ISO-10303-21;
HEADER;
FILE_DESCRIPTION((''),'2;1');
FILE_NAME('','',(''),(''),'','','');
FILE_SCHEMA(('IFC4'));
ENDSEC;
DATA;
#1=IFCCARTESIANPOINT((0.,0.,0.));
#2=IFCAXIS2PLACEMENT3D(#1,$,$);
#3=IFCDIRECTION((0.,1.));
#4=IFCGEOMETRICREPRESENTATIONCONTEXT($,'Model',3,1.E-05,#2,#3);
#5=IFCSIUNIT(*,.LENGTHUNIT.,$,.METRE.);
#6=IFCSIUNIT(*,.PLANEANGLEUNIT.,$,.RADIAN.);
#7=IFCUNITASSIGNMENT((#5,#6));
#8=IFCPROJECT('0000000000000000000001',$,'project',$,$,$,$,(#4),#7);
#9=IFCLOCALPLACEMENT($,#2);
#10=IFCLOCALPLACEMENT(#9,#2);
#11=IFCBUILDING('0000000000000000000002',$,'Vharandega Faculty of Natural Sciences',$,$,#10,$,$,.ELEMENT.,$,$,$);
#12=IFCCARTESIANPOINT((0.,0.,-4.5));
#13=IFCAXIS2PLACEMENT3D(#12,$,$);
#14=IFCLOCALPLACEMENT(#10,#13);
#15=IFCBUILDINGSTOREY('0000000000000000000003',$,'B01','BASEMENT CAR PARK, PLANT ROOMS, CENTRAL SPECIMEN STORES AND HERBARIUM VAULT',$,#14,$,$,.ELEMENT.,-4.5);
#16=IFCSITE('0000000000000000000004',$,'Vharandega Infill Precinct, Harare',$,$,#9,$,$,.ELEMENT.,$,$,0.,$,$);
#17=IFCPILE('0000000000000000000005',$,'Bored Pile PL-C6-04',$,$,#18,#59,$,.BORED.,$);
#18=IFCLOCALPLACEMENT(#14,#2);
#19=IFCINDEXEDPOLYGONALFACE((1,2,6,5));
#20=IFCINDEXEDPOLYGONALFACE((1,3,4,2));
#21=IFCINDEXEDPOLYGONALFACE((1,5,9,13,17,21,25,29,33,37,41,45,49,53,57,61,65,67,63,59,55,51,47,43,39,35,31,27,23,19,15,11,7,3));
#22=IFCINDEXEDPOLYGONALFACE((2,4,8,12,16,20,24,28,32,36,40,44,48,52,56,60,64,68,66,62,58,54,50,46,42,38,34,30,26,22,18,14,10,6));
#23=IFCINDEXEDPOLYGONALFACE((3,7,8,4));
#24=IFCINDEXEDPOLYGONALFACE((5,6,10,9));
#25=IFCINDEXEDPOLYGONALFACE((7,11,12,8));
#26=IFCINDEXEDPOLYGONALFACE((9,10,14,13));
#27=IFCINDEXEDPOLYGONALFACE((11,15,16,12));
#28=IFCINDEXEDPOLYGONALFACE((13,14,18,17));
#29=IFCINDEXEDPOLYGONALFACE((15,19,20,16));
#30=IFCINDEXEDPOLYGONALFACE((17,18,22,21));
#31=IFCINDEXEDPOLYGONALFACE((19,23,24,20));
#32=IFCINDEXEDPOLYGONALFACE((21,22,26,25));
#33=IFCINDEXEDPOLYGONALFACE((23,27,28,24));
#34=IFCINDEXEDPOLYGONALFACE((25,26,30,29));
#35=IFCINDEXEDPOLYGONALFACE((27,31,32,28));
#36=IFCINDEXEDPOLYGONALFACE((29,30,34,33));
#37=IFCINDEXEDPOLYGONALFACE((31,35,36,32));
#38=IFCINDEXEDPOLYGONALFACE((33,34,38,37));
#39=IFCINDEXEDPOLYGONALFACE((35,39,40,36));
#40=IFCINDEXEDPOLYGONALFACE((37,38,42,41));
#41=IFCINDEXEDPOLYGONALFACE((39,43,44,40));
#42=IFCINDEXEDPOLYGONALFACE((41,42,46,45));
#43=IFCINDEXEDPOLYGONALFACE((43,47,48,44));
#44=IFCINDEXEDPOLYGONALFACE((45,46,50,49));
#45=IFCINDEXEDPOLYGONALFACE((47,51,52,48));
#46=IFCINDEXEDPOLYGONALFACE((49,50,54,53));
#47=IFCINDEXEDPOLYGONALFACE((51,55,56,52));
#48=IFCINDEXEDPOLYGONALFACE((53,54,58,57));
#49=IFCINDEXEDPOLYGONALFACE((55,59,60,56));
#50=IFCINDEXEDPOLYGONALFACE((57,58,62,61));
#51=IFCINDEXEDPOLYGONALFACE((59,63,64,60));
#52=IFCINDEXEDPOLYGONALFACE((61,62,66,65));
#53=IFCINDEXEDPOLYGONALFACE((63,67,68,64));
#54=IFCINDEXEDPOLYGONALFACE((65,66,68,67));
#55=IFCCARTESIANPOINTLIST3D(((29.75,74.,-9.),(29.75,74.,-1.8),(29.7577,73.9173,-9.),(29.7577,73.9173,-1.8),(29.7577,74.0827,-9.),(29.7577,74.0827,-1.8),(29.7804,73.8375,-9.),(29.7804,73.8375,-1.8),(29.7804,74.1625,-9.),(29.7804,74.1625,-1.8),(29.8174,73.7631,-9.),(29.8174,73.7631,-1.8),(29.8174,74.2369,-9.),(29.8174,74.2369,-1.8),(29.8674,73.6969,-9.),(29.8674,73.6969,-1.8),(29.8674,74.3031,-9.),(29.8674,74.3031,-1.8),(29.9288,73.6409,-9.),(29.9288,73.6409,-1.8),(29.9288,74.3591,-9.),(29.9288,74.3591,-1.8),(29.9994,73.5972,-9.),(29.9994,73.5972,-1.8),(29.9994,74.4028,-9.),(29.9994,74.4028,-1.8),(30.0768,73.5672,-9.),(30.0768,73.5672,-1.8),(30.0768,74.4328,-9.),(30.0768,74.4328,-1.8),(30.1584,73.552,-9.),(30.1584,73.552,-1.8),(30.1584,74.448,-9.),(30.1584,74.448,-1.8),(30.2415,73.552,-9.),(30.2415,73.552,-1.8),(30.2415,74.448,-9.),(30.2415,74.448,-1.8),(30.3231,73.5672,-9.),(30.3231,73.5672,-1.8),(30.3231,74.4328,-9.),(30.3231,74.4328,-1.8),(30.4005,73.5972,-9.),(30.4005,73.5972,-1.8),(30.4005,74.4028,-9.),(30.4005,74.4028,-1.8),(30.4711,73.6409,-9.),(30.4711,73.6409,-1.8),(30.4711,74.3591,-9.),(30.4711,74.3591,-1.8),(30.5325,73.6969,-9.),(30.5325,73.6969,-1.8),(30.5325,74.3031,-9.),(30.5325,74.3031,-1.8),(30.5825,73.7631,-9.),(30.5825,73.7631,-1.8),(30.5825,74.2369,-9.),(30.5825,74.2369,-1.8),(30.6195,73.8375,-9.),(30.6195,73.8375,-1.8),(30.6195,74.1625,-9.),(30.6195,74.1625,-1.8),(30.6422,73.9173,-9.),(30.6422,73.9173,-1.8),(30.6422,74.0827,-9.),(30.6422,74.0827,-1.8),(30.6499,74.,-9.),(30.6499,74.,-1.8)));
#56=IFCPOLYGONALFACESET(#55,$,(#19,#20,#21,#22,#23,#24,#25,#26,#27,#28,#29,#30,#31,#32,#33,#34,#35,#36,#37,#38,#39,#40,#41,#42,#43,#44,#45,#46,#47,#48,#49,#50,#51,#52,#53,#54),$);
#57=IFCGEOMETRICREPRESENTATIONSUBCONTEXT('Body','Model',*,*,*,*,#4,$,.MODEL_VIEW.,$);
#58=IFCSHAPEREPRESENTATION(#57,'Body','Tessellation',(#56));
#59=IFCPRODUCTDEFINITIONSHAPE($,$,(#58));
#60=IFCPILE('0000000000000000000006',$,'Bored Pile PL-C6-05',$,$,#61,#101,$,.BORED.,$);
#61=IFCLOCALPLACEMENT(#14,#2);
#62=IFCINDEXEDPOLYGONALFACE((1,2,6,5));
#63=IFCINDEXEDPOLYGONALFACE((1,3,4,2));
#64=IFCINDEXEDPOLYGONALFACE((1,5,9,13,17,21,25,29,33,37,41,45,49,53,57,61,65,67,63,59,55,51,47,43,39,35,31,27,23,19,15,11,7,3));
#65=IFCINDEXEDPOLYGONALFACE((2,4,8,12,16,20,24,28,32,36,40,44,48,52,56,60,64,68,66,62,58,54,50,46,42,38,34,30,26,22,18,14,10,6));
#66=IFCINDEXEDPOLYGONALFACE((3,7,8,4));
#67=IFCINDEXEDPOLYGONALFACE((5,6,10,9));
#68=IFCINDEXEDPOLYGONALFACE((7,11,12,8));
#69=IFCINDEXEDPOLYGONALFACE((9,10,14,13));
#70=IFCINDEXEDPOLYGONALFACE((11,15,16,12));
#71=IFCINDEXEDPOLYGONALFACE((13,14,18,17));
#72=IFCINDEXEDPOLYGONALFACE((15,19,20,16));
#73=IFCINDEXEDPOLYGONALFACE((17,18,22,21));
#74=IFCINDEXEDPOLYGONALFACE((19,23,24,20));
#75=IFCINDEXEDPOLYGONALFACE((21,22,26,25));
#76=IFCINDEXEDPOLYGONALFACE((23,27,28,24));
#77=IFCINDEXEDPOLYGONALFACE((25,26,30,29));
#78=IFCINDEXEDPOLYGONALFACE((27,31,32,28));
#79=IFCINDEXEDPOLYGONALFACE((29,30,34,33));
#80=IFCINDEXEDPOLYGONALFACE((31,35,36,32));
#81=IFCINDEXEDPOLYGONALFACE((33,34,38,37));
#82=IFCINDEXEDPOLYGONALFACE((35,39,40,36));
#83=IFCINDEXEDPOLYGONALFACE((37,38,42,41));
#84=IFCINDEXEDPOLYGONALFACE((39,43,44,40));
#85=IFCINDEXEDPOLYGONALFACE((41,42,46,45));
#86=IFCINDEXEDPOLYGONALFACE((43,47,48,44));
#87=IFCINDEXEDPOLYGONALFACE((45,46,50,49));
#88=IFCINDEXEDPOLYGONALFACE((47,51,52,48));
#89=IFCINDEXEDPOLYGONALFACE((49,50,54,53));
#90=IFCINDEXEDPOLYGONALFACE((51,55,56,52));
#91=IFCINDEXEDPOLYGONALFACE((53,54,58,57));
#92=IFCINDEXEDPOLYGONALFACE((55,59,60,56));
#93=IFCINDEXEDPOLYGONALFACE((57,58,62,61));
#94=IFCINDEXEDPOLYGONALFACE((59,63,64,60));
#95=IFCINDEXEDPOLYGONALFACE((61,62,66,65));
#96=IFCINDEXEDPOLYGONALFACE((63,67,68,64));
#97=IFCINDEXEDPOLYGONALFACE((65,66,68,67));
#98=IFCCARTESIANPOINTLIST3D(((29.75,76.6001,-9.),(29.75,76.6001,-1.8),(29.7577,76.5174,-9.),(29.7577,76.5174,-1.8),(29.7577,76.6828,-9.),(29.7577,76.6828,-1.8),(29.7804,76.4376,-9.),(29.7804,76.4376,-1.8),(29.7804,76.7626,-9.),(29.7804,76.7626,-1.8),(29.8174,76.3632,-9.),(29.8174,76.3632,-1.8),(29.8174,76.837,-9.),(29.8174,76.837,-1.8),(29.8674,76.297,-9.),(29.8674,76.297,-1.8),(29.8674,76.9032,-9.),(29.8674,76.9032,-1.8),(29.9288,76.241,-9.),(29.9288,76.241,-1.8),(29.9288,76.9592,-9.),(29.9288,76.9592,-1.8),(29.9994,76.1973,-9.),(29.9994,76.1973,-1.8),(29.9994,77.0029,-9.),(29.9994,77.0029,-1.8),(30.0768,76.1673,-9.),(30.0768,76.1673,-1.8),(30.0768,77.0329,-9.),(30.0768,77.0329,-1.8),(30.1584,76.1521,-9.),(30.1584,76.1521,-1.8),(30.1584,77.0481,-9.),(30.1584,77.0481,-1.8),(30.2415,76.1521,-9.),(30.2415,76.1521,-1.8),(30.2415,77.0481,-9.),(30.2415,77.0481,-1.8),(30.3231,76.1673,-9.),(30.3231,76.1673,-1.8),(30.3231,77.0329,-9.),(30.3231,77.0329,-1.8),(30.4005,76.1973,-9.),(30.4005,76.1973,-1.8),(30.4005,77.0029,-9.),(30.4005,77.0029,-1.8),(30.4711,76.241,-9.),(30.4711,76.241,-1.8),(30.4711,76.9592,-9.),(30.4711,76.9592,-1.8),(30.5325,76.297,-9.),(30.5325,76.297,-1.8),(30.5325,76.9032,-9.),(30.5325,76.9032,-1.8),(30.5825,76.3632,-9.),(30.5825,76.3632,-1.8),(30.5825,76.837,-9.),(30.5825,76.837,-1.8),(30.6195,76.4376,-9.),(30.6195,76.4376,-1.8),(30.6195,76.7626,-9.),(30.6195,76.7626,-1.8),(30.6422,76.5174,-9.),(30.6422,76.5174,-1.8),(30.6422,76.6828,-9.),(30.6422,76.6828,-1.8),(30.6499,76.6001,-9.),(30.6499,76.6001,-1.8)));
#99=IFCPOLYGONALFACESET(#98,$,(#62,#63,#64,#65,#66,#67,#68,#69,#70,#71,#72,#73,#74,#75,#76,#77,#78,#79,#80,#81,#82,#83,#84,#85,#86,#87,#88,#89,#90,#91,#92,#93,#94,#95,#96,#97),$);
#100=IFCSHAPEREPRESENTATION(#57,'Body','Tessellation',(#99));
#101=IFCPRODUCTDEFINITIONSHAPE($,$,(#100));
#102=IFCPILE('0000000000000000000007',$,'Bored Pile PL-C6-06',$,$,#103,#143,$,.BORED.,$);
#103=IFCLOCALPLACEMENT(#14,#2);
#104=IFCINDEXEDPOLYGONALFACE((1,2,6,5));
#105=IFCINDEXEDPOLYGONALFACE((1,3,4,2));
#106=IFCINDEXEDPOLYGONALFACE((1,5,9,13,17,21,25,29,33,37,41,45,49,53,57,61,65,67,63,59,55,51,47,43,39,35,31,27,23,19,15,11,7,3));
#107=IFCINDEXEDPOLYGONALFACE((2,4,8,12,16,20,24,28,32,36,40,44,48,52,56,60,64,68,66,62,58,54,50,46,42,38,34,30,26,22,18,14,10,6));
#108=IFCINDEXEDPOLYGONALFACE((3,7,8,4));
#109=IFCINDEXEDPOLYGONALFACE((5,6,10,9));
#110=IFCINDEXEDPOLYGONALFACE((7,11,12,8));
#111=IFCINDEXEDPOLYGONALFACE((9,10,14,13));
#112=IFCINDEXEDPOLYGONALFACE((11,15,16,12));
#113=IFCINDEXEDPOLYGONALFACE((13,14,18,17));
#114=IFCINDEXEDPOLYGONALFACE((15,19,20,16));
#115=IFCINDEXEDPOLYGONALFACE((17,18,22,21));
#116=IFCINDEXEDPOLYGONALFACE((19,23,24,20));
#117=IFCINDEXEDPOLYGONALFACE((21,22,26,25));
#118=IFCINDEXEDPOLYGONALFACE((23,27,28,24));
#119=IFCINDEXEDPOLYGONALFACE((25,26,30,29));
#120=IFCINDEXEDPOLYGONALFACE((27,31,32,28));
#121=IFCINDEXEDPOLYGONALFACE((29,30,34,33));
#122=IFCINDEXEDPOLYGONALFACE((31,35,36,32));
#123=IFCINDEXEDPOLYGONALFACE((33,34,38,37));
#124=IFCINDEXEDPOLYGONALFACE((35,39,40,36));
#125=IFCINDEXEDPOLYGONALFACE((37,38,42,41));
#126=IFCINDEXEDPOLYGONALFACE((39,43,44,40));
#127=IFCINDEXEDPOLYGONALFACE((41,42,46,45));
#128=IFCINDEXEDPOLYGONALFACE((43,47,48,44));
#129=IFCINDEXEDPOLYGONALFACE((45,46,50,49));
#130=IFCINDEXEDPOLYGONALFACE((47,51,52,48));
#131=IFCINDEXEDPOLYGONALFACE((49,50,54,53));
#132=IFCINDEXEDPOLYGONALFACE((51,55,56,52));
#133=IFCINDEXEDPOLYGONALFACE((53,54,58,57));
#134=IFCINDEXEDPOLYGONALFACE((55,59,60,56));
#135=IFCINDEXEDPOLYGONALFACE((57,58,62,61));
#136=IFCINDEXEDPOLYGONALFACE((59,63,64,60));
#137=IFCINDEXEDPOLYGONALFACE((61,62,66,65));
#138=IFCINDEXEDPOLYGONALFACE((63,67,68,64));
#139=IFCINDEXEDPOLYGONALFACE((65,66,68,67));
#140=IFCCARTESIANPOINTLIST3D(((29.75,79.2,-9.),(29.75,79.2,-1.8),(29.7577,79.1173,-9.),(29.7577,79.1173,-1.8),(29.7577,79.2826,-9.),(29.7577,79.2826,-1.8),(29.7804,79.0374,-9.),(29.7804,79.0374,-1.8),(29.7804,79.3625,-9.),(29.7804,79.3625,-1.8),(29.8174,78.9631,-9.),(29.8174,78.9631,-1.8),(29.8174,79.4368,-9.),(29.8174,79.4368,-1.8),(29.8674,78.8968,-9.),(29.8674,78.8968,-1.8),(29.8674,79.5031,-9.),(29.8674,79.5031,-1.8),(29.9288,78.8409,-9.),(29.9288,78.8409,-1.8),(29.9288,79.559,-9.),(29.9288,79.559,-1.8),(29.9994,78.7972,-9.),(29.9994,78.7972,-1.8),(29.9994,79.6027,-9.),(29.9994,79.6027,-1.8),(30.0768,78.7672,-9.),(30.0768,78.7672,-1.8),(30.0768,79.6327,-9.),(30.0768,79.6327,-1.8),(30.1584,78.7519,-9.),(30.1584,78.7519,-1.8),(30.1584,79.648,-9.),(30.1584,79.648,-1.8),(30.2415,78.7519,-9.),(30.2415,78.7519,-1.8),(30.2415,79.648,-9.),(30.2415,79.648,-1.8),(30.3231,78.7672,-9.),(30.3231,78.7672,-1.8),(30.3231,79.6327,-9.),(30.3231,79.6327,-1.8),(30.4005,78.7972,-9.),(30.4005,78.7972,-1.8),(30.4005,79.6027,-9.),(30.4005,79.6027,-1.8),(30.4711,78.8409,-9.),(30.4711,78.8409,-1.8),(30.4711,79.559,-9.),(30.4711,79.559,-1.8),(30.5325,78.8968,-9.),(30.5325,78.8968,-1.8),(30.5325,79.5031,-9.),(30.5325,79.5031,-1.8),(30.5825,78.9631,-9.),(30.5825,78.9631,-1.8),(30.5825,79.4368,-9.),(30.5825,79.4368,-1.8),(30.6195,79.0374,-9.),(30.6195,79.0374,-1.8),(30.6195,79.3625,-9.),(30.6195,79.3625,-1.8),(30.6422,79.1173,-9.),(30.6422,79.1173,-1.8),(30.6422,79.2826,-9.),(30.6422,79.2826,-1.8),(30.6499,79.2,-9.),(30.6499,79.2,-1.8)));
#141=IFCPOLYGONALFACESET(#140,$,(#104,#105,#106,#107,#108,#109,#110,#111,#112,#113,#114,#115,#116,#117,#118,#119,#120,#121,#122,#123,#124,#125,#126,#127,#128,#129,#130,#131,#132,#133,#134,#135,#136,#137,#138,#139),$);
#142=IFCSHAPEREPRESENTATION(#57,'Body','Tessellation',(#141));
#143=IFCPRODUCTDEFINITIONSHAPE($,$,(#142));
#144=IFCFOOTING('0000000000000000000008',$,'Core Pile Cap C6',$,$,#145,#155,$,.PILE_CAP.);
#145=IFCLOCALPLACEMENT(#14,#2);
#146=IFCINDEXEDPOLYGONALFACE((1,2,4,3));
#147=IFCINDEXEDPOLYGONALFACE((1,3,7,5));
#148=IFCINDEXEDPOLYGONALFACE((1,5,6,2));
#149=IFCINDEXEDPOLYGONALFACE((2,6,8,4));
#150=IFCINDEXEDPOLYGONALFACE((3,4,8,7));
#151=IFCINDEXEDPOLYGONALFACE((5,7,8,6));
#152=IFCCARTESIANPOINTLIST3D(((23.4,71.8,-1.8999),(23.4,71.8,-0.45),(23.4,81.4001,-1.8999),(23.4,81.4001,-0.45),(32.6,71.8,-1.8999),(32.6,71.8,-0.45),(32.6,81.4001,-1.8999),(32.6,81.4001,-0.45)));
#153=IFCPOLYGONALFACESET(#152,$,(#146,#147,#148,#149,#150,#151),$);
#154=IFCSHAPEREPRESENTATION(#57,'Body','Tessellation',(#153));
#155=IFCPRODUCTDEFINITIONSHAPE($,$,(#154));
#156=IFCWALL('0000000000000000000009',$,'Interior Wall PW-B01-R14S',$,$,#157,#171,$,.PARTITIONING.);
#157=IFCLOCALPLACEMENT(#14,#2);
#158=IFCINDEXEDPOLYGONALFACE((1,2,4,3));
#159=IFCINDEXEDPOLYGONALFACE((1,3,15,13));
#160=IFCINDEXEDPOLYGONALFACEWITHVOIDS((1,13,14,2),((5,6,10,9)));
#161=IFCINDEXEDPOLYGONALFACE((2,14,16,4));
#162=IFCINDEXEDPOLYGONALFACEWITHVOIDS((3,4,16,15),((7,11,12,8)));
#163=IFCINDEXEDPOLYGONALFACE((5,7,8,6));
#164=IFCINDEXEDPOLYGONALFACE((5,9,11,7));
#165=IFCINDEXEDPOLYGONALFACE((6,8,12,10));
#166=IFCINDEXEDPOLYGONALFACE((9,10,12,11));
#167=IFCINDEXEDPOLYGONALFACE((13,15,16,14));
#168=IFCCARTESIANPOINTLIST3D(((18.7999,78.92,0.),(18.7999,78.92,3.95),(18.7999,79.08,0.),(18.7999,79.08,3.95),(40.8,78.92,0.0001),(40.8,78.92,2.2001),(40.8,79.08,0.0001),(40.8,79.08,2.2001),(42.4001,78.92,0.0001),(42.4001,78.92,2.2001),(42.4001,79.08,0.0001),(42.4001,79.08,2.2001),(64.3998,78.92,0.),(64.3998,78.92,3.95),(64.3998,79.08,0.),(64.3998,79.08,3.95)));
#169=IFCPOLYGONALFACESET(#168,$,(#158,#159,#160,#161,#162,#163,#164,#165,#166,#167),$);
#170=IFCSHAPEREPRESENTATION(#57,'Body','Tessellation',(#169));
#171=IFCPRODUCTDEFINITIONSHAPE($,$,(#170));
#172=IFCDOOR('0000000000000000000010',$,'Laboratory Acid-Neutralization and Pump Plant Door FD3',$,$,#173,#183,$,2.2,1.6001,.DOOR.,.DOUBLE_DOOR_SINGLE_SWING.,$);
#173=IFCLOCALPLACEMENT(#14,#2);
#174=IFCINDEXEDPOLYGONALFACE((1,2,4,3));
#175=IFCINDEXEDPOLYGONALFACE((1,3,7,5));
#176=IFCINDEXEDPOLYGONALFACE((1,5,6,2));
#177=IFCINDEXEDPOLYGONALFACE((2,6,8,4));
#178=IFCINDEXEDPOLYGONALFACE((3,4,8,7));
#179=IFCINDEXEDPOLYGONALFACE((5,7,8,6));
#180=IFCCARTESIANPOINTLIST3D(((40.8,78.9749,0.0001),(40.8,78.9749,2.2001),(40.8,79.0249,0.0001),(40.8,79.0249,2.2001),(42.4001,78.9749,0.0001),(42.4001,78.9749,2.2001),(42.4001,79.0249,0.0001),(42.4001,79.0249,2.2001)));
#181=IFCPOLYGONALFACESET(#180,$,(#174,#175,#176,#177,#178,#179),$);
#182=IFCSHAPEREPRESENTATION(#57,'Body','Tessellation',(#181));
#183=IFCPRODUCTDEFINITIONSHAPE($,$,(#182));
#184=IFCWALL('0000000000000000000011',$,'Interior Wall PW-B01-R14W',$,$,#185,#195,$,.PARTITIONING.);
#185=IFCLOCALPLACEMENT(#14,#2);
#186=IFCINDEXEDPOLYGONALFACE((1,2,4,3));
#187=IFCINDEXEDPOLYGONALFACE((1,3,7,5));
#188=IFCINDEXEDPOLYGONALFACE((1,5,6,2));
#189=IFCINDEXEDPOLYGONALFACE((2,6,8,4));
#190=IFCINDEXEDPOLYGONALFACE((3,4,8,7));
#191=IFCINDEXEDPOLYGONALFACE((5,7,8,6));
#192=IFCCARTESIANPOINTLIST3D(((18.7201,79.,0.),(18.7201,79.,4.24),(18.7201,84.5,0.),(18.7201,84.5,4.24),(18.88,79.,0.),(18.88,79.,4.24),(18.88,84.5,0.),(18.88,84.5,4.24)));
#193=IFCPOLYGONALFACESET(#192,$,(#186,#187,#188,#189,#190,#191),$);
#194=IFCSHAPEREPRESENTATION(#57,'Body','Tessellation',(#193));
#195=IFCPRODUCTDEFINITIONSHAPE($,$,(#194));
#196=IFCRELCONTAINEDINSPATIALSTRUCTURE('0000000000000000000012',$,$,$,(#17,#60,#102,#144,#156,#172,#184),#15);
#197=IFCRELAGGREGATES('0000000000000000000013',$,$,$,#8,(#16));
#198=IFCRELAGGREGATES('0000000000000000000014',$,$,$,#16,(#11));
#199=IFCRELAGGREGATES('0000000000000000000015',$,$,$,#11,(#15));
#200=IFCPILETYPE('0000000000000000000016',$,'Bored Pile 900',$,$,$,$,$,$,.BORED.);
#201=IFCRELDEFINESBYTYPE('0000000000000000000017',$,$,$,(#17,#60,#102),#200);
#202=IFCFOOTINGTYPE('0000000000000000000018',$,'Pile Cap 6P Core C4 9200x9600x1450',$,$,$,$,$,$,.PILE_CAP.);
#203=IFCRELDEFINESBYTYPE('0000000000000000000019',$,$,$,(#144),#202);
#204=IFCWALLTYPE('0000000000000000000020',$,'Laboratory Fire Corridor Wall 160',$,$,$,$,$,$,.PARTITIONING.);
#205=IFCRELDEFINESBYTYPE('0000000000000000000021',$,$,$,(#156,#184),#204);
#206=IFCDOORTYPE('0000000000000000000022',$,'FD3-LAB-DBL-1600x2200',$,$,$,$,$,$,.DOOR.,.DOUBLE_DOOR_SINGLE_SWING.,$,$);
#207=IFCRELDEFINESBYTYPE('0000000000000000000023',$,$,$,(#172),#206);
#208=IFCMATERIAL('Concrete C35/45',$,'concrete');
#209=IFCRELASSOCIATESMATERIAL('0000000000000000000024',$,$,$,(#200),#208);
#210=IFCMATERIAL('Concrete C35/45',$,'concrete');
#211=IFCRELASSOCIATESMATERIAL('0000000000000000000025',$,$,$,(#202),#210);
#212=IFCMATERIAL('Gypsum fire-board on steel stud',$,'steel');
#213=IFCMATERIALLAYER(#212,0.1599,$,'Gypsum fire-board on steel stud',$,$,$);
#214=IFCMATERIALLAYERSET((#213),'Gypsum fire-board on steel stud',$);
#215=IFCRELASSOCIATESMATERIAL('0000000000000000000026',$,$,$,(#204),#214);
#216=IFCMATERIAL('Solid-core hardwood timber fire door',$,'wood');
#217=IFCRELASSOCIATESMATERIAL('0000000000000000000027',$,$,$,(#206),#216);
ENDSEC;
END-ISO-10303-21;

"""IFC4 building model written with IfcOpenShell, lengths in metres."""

from ifc_helpers import new_model, si_unit, direction, frame, frame_2d, origin, origin_2d, place, context, subcontext, project, spatial, rectangle, circle, extrude, material, layer, layer_set, material_profile, profile_set, type_object, element, fill, save


model = new_model("IFC4")

# Units and contexts
model_context = context("Model", 3, precision=1e-05, world=origin(), true_north=direction((0.0, 1.0)))
body_context = subcontext(model_context, "Body", "Model", "MODEL_VIEW")
ifc_project = project(units=[si_unit("LENGTHUNIT", "METRE"), si_unit("PLANEANGLEUNIT", "RADIAN")], contexts=[model_context])

# Site, building, storey
site_placement = place(None, origin())
site = spatial("IfcSite", under=ifc_project, at=site_placement, Name="Vharandega Infill Precinct, Harare", CompositionType="ELEMENT", RefElevation=0.0)
building_placement = place(site_placement, origin())
building = spatial("IfcBuilding", under=site, at=building_placement, Name="Vharandega Faculty of Natural Sciences", CompositionType="ELEMENT")
storey_placement = place(building_placement, frame((0.0, 0.0, -4.5)))
storey = spatial("IfcBuildingStorey", under=building, at=storey_placement, Name="B01", Description="BASEMENT CAR PARK, PLANT ROOMS, CENTRAL SPECIMEN STORES AND HERBARIUM VAULT", CompositionType="ELEMENT", Elevation=-4.5)

# Piles
ifc_material_1 = material(Name="Concrete C35/45", Category="concrete")
ifc_material_profile = material_profile(ifc_material_1, circle(Radius=0.45, at=origin_2d()), Name="PILE 900")
ifc_profile_set = profile_set([ifc_material_profile], Name="Concrete C35/45")
pile_type = type_object("IfcPileType", Name="Bored Pile 900", PredefinedType="BORED", material=ifc_profile_set)
for number, where, z_axis, x_axis, name in (
    (1, (30.2, 74.0, -1.8), (0.0, 0.0, -1.0), (1.0, 0.0, 0.0), "Bored Pile PL-C6-04"),
    (2, (30.2, 76.6001, -1.8), (0.0, 0.0, -1.0), (1.0, 0.0, 0.0), "Bored Pile PL-C6-05"),
    (3, (30.2, 79.2, -1.8), (0.0, 0.0, -1.0), (1.0, 0.0, 0.0), "Bored Pile PL-C6-06"),
):
    element("IfcPile", number, at=place(storey_placement, frame(where, z_axis=z_axis, x_axis=x_axis)), inside=storey, type_object=pile_type, Name=name, PredefinedType="BORED", context=body_context, shape_type="SweptSolid", body=[
        extrude(circle(Radius=0.45, at=origin_2d()), origin(), (0.0, 0.0, 1.0), 7.2),
    ])

# Footing
ifc_material_2 = material(Name="Concrete C35/45", Category="concrete")
footing_type = type_object("IfcFootingType", Name="Pile Cap 6P Core C4 9200x9600x1450", PredefinedType="PILE_CAP", material=ifc_material_2)
footing_placement = place(storey_placement, frame((28.0, 76.6001, -1.8999), z_axis=(0.0, 0.0, 1.0), x_axis=(1.0, 0.0, 0.0)))
element("IfcFooting", 4, at=footing_placement, inside=storey, type_object=footing_type, Name="Core Pile Cap C6", PredefinedType="PILE_CAP", context=body_context, shape_type="SweptSolid", body=[
    extrude(rectangle(XDim=9.2, YDim=9.6001, at=origin_2d()), origin(), (0.0, 0.0, 1.0), 1.45),
])

# Wall, opening, door
ifc_material_3 = material(Name="Gypsum fire-board on steel stud", Category="steel")
ifc_layer_1 = layer(ifc_material_3, 0.1599, Name="Gypsum fire-board on steel stud")
ifc_layer_set_1 = layer_set([ifc_layer_1], Name="Gypsum fire-board on steel stud")
wall_type_1 = type_object("IfcWallType", Name="Laboratory Fire Corridor Wall 160", PredefinedType="PARTITIONING", material=ifc_layer_set_1)
wall_1_placement = place(storey_placement, frame((18.8, 79.0, 0.0), z_axis=(0.0, 0.0, 1.0), x_axis=(1.0, 0.0, 0.0)))
wall_1 = element("IfcWall", 5, at=wall_1_placement, inside=storey, type_object=wall_type_1, Name="Interior Wall PW-B01-R14S", PredefinedType="PARTITIONING", context=body_context, shape_type="SweptSolid", body=[
    extrude(rectangle(XDim=45.5999, YDim=0.1599, at=frame_2d((22.7998, 0.0))), origin(), (0.0, 0.0, 1.0), 3.95),
])
opening_1_placement = place(wall_1_placement, frame((22.0, 0.0, 0.0)))
opening_1 = element("IfcOpeningElement", 6, at=opening_1_placement, cuts=wall_1, PredefinedType="OPENING", context=body_context, shape_type="SweptSolid", body=[
    extrude(rectangle(XDim=1.6001, YDim=2.2, at=frame_2d((0.8, 1.1001))), frame((0.0, 0.0898, 0.0), z_axis=(0.0, -1.0, 0.0), x_axis=(1.0, 0.0, 0.0)), (0.0, 0.0, 1.0), 0.1799),
])
ifc_material_4 = material(Name="Solid-core hardwood timber fire door", Category="wood")
door_type_1 = type_object("IfcDoorType", Name="FD3-LAB-DBL-1600x2200", OperationType="DOUBLE_DOOR_SINGLE_SWING", PredefinedType="DOOR", material=ifc_material_4)
door_1_placement = place(opening_1_placement, origin())
door_1 = element("IfcDoor", 7, at=door_1_placement, inside=storey, type_object=door_type_1, Name="Laboratory Acid-Neutralization and Pump Plant Door FD3", OperationType="DOUBLE_DOOR_SINGLE_SWING", OverallHeight=2.2, OverallWidth=1.6001, PredefinedType="DOOR", context=body_context, shape_type="SweptSolid", body=[
    extrude(rectangle(XDim=1.6001, YDim=2.2, at=frame_2d((0.8, 1.1001))), frame((0.0, 0.0249, 0.0), z_axis=(0.0, -1.0, 0.0), x_axis=(1.0, 0.0, 0.0)), (0.0, 0.0, 1.0), 0.05),
])
fill(opening_1, door_1)

# Wall
wall_2_placement = place(storey_placement, frame((18.8, 79.0, 0.0), z_axis=(0.0, 0.0, 1.0), x_axis=(0.0, 1.0, 0.0)))
element("IfcWall", 8, at=wall_2_placement, inside=storey, type_object=wall_type_1, Name="Interior Wall PW-B01-R14W", PredefinedType="PARTITIONING", context=body_context, shape_type="SweptSolid", body=[
    extrude(rectangle(XDim=5.5, YDim=0.1599, at=frame_2d((2.75, 0.0))), origin(), (0.0, 0.0, 1.0), 4.24),
])

save(model, "model.ifc")
